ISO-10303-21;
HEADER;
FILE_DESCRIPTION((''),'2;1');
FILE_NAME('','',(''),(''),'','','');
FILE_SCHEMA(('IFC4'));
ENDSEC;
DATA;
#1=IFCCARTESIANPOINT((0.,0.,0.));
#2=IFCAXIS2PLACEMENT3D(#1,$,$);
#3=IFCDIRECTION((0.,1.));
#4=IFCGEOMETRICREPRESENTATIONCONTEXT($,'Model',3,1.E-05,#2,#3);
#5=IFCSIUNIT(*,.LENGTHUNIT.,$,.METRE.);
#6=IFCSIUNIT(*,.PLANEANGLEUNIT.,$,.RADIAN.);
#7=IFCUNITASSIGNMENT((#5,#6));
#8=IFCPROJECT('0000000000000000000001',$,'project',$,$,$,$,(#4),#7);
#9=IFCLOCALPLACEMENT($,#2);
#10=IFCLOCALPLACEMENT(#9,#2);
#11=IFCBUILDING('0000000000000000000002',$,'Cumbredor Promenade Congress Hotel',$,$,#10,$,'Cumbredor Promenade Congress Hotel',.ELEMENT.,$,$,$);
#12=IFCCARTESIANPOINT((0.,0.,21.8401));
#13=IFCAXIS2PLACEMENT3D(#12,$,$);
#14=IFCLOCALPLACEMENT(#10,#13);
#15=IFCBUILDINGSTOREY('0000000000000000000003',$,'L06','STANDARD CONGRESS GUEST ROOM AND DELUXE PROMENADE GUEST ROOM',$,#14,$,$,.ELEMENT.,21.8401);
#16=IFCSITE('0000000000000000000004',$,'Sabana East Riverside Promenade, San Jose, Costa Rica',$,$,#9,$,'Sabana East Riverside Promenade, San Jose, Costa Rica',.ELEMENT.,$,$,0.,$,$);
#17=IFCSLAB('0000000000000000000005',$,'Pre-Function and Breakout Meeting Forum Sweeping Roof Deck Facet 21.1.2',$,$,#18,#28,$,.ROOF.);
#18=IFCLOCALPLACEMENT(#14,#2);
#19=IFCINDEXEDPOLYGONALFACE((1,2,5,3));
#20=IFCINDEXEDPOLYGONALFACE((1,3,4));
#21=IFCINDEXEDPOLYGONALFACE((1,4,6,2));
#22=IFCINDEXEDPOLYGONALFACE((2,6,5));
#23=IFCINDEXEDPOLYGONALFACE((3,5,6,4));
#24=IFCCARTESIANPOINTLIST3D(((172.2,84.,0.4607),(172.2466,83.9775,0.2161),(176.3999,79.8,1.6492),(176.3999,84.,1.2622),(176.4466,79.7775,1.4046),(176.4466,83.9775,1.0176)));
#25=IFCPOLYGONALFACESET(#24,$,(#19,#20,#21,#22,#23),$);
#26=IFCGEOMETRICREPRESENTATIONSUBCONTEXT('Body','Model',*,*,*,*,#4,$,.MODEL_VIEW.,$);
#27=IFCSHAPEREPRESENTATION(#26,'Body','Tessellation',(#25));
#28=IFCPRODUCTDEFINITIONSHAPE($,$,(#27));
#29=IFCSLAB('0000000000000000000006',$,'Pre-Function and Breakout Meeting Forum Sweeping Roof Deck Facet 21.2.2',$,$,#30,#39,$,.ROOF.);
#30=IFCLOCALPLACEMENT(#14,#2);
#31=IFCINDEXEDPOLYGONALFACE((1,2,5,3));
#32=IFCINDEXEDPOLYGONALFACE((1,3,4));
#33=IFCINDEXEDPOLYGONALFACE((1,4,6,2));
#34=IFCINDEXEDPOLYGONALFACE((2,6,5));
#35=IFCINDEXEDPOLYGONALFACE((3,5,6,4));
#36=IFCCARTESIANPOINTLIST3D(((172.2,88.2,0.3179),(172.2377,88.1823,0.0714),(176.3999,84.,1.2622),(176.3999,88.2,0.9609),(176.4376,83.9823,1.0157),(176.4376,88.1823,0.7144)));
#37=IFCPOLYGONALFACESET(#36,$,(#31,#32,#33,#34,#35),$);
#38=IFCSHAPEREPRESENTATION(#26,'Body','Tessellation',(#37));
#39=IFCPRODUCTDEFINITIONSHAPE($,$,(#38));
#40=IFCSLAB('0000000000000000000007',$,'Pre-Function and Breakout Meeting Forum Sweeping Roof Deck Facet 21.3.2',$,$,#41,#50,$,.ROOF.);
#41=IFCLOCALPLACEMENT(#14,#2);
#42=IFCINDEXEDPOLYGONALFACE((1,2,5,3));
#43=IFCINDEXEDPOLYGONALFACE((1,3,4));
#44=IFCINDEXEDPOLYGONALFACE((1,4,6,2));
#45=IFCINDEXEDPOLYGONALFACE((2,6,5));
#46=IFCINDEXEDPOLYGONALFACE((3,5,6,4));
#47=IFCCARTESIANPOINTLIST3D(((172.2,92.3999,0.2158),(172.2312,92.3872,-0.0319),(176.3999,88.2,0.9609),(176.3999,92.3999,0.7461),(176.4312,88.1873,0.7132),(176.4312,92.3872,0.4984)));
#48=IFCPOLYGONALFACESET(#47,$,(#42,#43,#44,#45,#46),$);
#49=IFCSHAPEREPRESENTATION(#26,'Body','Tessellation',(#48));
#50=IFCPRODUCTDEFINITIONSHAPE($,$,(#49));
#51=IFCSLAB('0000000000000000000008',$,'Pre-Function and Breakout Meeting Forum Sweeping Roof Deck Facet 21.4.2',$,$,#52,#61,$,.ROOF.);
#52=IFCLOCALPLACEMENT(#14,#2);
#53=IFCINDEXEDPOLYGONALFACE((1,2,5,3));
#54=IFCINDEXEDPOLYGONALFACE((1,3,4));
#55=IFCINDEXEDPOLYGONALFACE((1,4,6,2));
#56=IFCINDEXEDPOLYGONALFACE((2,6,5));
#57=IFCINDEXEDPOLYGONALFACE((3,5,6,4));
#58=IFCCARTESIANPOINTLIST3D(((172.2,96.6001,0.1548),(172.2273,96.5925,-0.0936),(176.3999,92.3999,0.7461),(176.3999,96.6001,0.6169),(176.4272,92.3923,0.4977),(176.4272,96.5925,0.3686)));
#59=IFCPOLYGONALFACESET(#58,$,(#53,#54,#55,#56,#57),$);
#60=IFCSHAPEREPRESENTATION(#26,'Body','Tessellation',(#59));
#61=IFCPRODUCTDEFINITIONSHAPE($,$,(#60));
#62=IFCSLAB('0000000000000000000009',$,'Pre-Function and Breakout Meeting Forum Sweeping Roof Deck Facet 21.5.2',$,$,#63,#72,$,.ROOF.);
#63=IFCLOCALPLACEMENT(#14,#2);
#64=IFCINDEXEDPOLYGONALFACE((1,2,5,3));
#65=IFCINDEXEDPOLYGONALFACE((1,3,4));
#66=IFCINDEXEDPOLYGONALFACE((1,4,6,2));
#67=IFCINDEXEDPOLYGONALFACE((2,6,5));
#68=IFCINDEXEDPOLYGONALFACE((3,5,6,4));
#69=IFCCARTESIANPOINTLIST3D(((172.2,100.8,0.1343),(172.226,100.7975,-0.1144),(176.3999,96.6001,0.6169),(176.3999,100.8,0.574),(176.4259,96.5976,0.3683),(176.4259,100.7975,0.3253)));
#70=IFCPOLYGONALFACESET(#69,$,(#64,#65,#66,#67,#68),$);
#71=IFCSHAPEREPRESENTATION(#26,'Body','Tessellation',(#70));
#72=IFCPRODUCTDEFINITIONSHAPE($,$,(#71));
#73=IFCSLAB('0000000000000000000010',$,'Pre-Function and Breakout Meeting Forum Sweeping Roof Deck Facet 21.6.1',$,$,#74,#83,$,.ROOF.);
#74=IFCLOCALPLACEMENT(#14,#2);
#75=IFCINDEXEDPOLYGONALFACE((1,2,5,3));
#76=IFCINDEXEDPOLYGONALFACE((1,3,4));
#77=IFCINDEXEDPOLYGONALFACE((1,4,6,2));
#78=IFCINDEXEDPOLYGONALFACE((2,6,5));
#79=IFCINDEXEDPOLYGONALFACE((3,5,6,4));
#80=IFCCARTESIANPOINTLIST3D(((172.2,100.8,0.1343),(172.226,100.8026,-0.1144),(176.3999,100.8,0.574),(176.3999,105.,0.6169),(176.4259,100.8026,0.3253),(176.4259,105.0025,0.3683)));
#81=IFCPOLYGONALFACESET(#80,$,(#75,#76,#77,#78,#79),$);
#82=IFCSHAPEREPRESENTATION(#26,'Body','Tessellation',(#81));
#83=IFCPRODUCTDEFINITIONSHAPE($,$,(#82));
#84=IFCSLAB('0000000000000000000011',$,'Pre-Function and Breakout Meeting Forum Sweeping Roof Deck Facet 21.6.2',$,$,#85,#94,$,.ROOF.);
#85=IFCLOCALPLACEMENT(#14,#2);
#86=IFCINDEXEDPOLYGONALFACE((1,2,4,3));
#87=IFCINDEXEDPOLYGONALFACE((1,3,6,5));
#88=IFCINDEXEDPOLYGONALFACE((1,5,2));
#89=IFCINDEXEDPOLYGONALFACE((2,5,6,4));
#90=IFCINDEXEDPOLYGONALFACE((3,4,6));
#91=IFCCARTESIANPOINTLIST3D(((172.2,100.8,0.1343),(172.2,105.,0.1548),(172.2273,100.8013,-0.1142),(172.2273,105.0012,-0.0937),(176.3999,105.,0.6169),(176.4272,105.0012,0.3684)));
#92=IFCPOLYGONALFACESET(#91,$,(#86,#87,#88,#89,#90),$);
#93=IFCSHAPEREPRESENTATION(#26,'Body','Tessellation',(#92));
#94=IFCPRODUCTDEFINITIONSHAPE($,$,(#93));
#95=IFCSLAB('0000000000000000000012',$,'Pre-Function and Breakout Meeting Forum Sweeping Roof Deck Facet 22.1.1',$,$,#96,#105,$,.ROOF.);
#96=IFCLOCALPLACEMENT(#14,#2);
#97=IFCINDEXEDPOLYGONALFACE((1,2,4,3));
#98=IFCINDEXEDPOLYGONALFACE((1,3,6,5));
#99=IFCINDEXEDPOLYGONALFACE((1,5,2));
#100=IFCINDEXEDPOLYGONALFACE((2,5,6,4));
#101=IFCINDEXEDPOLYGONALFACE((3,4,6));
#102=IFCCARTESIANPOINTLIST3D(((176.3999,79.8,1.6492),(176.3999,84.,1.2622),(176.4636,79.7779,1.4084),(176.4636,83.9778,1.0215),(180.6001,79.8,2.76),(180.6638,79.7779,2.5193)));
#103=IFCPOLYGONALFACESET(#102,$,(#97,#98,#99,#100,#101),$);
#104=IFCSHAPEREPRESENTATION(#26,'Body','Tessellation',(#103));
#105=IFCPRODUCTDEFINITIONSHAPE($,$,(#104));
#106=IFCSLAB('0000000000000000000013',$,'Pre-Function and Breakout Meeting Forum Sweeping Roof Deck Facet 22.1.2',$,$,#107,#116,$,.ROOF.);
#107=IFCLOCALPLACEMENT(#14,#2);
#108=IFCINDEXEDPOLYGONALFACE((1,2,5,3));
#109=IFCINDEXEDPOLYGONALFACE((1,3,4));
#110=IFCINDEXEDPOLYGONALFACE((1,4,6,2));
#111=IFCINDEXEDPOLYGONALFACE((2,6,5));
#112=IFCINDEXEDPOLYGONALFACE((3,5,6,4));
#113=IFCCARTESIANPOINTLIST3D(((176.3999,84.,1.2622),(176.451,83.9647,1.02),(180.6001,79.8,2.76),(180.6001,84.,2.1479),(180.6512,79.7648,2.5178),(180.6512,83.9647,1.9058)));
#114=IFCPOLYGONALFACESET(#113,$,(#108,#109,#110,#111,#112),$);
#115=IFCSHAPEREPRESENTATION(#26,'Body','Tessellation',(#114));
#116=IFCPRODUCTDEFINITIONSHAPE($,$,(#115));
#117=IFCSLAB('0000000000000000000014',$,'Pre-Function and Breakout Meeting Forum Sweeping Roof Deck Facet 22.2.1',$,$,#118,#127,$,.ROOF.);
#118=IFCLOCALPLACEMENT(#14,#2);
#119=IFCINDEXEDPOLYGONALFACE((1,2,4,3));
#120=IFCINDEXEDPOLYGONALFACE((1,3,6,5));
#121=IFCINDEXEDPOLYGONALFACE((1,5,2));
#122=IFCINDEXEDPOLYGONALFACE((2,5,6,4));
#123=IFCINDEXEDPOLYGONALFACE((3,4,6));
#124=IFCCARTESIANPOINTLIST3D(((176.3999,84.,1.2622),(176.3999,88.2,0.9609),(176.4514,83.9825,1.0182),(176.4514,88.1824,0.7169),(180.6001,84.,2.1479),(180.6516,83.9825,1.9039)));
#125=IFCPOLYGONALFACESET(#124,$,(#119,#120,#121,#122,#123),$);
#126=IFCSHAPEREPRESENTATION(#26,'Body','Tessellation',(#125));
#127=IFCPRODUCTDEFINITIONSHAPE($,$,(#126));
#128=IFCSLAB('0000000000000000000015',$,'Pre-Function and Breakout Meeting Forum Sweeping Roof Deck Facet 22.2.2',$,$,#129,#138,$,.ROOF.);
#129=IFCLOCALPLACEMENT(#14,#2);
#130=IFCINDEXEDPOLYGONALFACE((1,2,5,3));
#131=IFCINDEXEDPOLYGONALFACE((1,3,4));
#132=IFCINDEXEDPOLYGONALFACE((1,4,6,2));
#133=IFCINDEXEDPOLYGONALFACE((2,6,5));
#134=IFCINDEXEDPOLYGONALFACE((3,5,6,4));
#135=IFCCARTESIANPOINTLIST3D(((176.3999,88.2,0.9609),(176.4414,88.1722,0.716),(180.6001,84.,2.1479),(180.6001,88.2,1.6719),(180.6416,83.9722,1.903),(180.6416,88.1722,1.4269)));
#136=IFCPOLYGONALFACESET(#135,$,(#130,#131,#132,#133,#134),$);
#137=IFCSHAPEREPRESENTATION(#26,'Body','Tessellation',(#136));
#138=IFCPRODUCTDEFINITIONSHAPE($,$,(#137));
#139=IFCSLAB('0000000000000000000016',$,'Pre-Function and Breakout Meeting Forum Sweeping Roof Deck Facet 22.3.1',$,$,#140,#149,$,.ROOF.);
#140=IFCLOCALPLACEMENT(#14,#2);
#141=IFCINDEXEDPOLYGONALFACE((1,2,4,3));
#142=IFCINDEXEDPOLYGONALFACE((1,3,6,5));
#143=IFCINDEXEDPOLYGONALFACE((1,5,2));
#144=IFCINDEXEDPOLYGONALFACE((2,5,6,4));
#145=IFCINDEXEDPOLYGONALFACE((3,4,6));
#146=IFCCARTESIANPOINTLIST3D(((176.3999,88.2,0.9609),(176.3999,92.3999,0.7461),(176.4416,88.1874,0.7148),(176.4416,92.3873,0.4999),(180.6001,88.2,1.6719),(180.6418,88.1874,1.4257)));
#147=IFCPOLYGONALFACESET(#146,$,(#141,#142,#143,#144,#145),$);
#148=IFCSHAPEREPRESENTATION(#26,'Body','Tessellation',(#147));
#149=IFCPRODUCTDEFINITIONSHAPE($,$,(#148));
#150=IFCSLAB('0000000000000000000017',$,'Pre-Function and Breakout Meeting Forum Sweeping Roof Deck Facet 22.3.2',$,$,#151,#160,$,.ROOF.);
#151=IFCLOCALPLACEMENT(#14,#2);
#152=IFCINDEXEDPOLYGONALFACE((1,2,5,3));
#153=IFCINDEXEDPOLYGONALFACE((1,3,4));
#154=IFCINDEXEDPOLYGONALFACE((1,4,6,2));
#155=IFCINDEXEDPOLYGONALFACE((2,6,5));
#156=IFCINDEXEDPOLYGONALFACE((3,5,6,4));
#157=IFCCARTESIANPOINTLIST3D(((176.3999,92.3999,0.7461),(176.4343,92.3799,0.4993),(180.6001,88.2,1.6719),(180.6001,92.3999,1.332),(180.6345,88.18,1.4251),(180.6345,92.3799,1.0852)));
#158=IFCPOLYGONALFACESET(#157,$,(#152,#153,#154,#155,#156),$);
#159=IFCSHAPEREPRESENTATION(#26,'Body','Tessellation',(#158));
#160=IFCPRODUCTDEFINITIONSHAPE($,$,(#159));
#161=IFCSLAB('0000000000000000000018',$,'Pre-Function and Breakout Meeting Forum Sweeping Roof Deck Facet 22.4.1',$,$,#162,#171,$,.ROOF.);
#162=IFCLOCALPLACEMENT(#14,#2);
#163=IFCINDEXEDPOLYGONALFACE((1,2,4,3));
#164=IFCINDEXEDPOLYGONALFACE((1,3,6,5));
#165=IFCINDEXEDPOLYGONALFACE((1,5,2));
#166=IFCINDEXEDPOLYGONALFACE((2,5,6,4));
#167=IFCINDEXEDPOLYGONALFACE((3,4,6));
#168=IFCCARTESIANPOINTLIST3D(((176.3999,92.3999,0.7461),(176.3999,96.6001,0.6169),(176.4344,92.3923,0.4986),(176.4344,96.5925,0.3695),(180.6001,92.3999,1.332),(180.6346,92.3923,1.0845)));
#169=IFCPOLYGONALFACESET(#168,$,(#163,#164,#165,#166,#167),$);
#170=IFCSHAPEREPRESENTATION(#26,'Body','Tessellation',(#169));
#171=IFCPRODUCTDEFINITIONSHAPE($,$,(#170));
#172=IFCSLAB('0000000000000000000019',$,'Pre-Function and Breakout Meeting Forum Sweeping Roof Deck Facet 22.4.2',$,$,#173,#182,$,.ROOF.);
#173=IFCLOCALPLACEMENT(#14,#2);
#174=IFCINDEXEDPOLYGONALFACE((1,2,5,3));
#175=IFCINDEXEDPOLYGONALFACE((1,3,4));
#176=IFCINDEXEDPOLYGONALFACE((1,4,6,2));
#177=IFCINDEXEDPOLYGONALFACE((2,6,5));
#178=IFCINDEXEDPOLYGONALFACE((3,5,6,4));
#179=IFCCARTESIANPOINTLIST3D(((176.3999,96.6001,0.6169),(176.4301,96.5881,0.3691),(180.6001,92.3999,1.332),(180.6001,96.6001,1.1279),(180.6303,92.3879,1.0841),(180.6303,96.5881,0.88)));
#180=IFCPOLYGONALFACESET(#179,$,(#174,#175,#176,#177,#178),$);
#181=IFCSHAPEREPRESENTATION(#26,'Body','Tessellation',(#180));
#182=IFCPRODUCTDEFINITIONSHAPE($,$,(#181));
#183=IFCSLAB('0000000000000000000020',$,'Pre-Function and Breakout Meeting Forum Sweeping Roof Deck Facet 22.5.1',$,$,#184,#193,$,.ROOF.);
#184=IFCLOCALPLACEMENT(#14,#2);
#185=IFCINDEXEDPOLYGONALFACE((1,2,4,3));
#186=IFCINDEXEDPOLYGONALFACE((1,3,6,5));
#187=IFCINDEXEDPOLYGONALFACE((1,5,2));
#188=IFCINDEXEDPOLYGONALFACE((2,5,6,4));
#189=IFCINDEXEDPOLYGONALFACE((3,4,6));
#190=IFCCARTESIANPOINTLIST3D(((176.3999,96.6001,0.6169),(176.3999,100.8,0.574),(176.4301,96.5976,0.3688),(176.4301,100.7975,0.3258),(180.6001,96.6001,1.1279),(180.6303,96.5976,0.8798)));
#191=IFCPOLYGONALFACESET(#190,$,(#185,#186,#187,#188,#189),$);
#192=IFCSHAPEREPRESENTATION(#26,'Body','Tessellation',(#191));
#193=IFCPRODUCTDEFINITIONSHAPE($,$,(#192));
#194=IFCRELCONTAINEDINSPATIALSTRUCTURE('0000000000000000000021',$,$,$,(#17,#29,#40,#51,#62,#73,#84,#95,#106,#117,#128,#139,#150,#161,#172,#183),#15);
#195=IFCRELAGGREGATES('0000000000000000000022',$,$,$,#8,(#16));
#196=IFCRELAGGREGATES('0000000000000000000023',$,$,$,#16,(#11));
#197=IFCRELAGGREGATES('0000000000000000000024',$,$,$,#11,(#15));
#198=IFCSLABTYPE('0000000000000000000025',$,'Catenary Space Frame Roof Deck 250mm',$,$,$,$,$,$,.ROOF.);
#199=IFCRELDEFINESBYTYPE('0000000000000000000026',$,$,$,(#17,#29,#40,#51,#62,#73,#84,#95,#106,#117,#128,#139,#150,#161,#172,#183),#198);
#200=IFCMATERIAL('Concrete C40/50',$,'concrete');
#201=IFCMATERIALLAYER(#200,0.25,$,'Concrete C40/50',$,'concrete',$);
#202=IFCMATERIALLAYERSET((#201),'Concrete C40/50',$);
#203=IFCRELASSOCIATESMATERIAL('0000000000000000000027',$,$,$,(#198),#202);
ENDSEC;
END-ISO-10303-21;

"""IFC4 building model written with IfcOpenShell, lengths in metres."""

from ifc_helpers import new_model, si_unit, direction, frame, origin, place, context, subcontext, project, spatial, polyline, outline, extrude, material, layer, layer_set, type_object, element, save


model = new_model("IFC4")

# Units and contexts
model_context = context("Model", 3, precision=1e-05, world=origin(), true_north=direction((0.0, 1.0)))
body_context = subcontext(model_context, "Body", "Model", "MODEL_VIEW")
ifc_project = project(units=[si_unit("LENGTHUNIT", "METRE"), si_unit("PLANEANGLEUNIT", "RADIAN")], contexts=[model_context])

# Site, building, storey
site_placement = place(None, origin())
site = spatial("IfcSite", under=ifc_project, at=site_placement, Name="Sabana East Riverside Promenade, San Jose, Costa Rica", LongName="Sabana East Riverside Promenade, San Jose, Costa Rica", CompositionType="ELEMENT", RefElevation=0.0)
building_placement = place(site_placement, origin())
building = spatial("IfcBuilding", under=site, at=building_placement, Name="Cumbredor Promenade Congress Hotel", LongName="Cumbredor Promenade Congress Hotel", CompositionType="ELEMENT")
storey_placement = place(building_placement, frame((0.0, 0.0, 21.8401)))
storey = spatial("IfcBuildingStorey", under=building, at=storey_placement, Name="L06", Description="STANDARD CONGRESS GUEST ROOM AND DELUXE PROMENADE GUEST ROOM", CompositionType="ELEMENT", Elevation=21.8401)

# Slabs
ifc_material_1 = material(Name="Concrete C40/50", Category="concrete")
ifc_layer_1 = layer(ifc_material_1, 0.25, Name="Concrete C40/50", Category="concrete")
ifc_layer_set_1 = layer_set([ifc_layer_1], Name="Concrete C40/50")
slab_type = type_object("IfcSlabType", Name="Catenary Space Frame Roof Deck 250mm", PredefinedType="ROOF", material=ifc_layer_set_1)
slab_1_placement = place(storey_placement, frame((176.3999, 79.8, 1.6492), z_axis=(-0.186693, 0.090133, 0.978275), x_axis=(0.0, 0.995782, -0.091747)))
element("IfcSlab", 1, at=slab_1_placement, inside=storey, type_object=slab_type, Name="Pre-Function and Breakout Meeting Forum Sweeping Roof Deck Facet 21.1.2", PredefinedType="ROOF", context=body_context, shape_type="SweptSolid", body=[
    extrude(outline(polyline([(0.0, 0.0), (4.2177, 0.0), (4.2913, 4.2751), (0.0, 0.0)])), origin(), (0.0, 0.0, -1.0), 0.25),
])
slab_2_placement = place(storey_placement, frame((176.3999, 84.0, 1.2622), z_axis=(-0.15097, 0.070728, 0.986005), x_axis=(0.0, 0.997437, -0.071548)))
element("IfcSlab", 2, at=slab_2_placement, inside=storey, type_object=slab_type, Name="Pre-Function and Breakout Meeting Forum Sweeping Roof Deck Facet 21.2.2", PredefinedType="ROOF", context=body_context, shape_type="SweptSolid", body=[
    extrude(outline(polyline([(0.0, 0.0), (4.2107, 0.0), (4.2568, 4.2486), (0.0, 0.0)])), origin(), (0.0, 0.0, -1.0), 0.25),
])
slab_3_placement = place(storey_placement, frame((176.3999, 88.2, 0.9609), z_axis=(-0.125102, 0.050686, 0.990848), x_axis=(0.0, 0.998694, -0.051087)))
element("IfcSlab", 3, at=slab_3_placement, inside=storey, type_object=slab_type, Name="Pre-Function and Breakout Meeting Forum Sweeping Roof Deck Facet 21.3.2", PredefinedType="ROOF", context=body_context, shape_type="SweptSolid", body=[
    extrude(outline(polyline([(0.0, 0.0), (4.2054, 0.0), (4.2325, 4.2332), (0.0, 0.0)])), origin(), (0.0, 0.0, -1.0), 0.25),
])
slab_4_placement = place(storey_placement, frame((176.3999, 92.3999, 0.7461), z_axis=(-0.109328, 0.03055, 0.993536), x_axis=(0.0, 0.999528, -0.030734)))
element("IfcSlab", 4, at=slab_4_placement, inside=storey, type_object=slab_type, Name="Pre-Function and Breakout Meeting Forum Sweeping Roof Deck Facet 21.4.2", PredefinedType="ROOF", context=body_context, shape_type="SweptSolid", body=[
    extrude(outline(polyline([(0.0, 0.0), (4.2022, 0.0), (4.2164, 4.2253), (0.0, 0.0)])), origin(), (0.0, 0.0, -1.0), 0.25),
])
slab_5_placement = place(storey_placement, frame((176.3999, 96.6001, 0.6169), z_axis=(-0.104117, 0.010175, 0.994513), x_axis=(0.0, 0.999948, -0.01023)))
element("IfcSlab", 5, at=slab_5_placement, inside=storey, type_object=slab_type, Name="Pre-Function and Breakout Meeting Forum Sweeping Roof Deck Facet 21.5.2", PredefinedType="ROOF", context=body_context, shape_type="SweptSolid", body=[
    extrude(outline(polyline([(0.0, 0.0), (4.2002, 0.0), (4.2047, 4.2229), (0.0, 0.0)])), origin(), (0.0, 0.0, -1.0), 0.25),
])
slab_6_placement = place(storey_placement, frame((172.2, 100.8, 0.1343), z_axis=(-0.104117, -0.010175, 0.994513), x_axis=(0.994565, 0.0, 0.104122)))
element("IfcSlab", 6, at=slab_6_placement, inside=storey, type_object=slab_type, Name="Pre-Function and Breakout Meeting Forum Sweeping Roof Deck Facet 21.6.1", PredefinedType="ROOF", context=body_context, shape_type="SweptSolid", body=[
    extrude(outline(polyline([(0.0, 0.0), (4.2229, 0.0), (4.2274, 4.2002), (0.0, 0.0)])), origin(), (0.0, 0.0, -1.0), 0.25),
])
slab_7_placement = place(storey_placement, frame((172.2, 100.8, 0.1343), z_axis=(-0.109377, -0.004854, 0.993988), x_axis=(0.704784, 0.704784, 0.080995)))
element("IfcSlab", 7, at=slab_7_placement, inside=storey, type_object=slab_type, Name="Pre-Function and Breakout Meeting Forum Sweeping Roof Deck Facet 21.6.2", PredefinedType="ROOF", context=body_context, shape_type="SweptSolid", body=[
    extrude(outline(polyline([(0.0, 0.0), (5.9592, 0.0), (2.9617, 2.978), (0.0, 0.0)])), origin(), (0.0, 0.0, -1.0), 0.25),
])
slab_8_placement = place(storey_placement, frame((176.3999, 79.8, 1.6492), z_axis=(-0.254674, 0.088721, 0.962948), x_axis=(0.966761, 0.0, 0.255682)))
element("IfcSlab", 8, at=slab_8_placement, inside=storey, type_object=slab_type, Name="Pre-Function and Breakout Meeting Forum Sweeping Roof Deck Facet 22.1.1", PredefinedType="ROOF", context=body_context, shape_type="SweptSolid", body=[
    extrude(outline(polyline([(0.0, 0.0), (4.3446, 0.0), (-0.0989, 4.2166), (0.0, 0.0)])), origin(), (0.0, 0.0, -1.0), 0.25),
])
slab_9_placement = place(storey_placement, frame((180.6001, 79.8, 2.76), z_axis=(-0.204277, 0.141166, 0.968681), x_axis=(0.0, 0.989548, -0.144207)))
element("IfcSlab", 9, at=slab_9_placement, inside=storey, type_object=slab_type, Name="Pre-Function and Breakout Meeting Forum Sweeping Roof Deck Facet 22.1.2", PredefinedType="ROOF", context=body_context, shape_type="SweptSolid", body=[
    extrude(outline(polyline([(0.0, 0.0), (4.2443, 0.0), (4.372, 4.2907), (0.0, 0.0)])), origin(), (0.0, 0.0, -1.0), 0.25),
])
slab_10_placement = place(storey_placement, frame((176.3999, 84.0, 1.2622), z_axis=(-0.205837, 0.070016, 0.976078), x_axis=(0.97848, 0.0, 0.206343)))
element("IfcSlab", 10, at=slab_10_placement, inside=storey, type_object=slab_type, Name="Pre-Function and Breakout Meeting Forum Sweeping Roof Deck Facet 22.2.1", PredefinedType="ROOF", context=body_context, shape_type="SweptSolid", body=[
    extrude(outline(polyline([(0.0, 0.0), (4.2926, 0.0), (-0.0622, 4.2103), (0.0, 0.0)])), origin(), (0.0, 0.0, -1.0), 0.25),
])
slab_11_placement = place(storey_placement, frame((180.6001, 84.0, 2.1479), z_axis=(-0.165857, 0.111071, 0.979875), x_axis=(0.0, 0.993637, -0.112631)))
element("IfcSlab", 11, at=slab_11_placement, inside=storey, type_object=slab_type, Name="Pre-Function and Breakout Meeting Forum Sweeping Roof Deck Facet 22.2.2", PredefinedType="ROOF", context=body_context, shape_type="SweptSolid", body=[
    extrude(outline(polyline([(0.0, 0.0), (4.2268, 0.0), (4.3069, 4.2592), (0.0, 0.0)])), origin(), (0.0, 0.0, -1.0), 0.25),
])
slab_12_placement = place(storey_placement, frame((176.3999, 88.2, 0.9609), z_axis=(-0.166677, 0.050372, 0.984724), x_axis=(0.985976, 0.0, 0.166889)))
element("IfcSlab", 12, at=slab_12_placement, inside=storey, type_object=slab_type, Name="Pre-Function and Breakout Meeting Forum Sweeping Roof Deck Facet 22.3.1", PredefinedType="ROOF", context=body_context, shape_type="SweptSolid", body=[
    extrude(outline(polyline([(0.0, 0.0), (4.2599, 0.0), (-0.0359, 4.2053), (0.0, 0.0)])), origin(), (0.0, 0.0, -1.0), 0.25),
])
slab_13_placement = place(storey_placement, frame((180.6001, 88.2, 1.6719), z_axis=(-0.137723, 0.079884, 0.987244), x_axis=(0.0, 0.996742, -0.080653)))
element("IfcSlab", 13, at=slab_13_placement, inside=storey, type_object=slab_type, Name="Pre-Function and Breakout Meeting Forum Sweeping Roof Deck Facet 22.3.2", PredefinedType="ROOF", context=body_context, shape_type="SweptSolid", body=[
    extrude(outline(polyline([(0.0, 0.0), (4.2137, 0.0), (4.2609, 4.2406), (0.0, 0.0)])), origin(), (0.0, 0.0, -1.0), 0.25),
])
slab_14_placement = place(storey_placement, frame((176.3999, 92.3999, 0.7461), z_axis=(-0.1381, 0.03044, 0.98995), x_axis=(0.990409, 0.0, 0.138165)))
element("IfcSlab", 14, at=slab_14_placement, inside=storey, type_object=slab_type, Name="Pre-Function and Breakout Meeting Forum Sweeping Roof Deck Facet 22.4.1", PredefinedType="ROOF", context=body_context, shape_type="SweptSolid", body=[
    extrude(outline(polyline([(0.0, 0.0), (4.2409, 0.0), (-0.0178, 4.2021), (0.0, 0.0)])), origin(), (0.0, 0.0, -1.0), 0.25),
])
slab_15_placement = place(storey_placement, frame((180.6001, 92.3999, 1.332), z_axis=(-0.120627, 0.048182, 0.991528), x_axis=(0.0, 0.998821, -0.048536)))
element("IfcSlab", 15, at=slab_15_placement, inside=storey, type_object=slab_type, Name="Pre-Function and Breakout Meeting Forum Sweeping Roof Deck Facet 22.4.2", PredefinedType="ROOF", context=body_context, shape_type="SweptSolid", body=[
    extrude(outline(polyline([(0.0, 0.0), (4.2052, 0.0), (4.23, 4.2311), (0.0, 0.0)])), origin(), (0.0, 0.0, -1.0), 0.25),
])
slab_16_placement = place(storey_placement, frame((176.3999, 96.6001, 0.6169), z_axis=(-0.120761, 0.010155, 0.99263), x_axis=(0.992681, 0.0, 0.120767)))
element("IfcSlab", 16, at=slab_16_placement, inside=storey, type_object=slab_type, Name="Pre-Function and Breakout Meeting Forum Sweeping Roof Deck Facet 22.5.1", PredefinedType="ROOF", context=body_context, shape_type="SweptSolid", body=[
    extrude(outline(polyline([(0.0, 0.0), (4.2312, 0.0), (-0.0052, 4.2002), (0.0, 0.0)])), origin(), (0.0, 0.0, -1.0), 0.25),
])

save(model, "model.ifc")
